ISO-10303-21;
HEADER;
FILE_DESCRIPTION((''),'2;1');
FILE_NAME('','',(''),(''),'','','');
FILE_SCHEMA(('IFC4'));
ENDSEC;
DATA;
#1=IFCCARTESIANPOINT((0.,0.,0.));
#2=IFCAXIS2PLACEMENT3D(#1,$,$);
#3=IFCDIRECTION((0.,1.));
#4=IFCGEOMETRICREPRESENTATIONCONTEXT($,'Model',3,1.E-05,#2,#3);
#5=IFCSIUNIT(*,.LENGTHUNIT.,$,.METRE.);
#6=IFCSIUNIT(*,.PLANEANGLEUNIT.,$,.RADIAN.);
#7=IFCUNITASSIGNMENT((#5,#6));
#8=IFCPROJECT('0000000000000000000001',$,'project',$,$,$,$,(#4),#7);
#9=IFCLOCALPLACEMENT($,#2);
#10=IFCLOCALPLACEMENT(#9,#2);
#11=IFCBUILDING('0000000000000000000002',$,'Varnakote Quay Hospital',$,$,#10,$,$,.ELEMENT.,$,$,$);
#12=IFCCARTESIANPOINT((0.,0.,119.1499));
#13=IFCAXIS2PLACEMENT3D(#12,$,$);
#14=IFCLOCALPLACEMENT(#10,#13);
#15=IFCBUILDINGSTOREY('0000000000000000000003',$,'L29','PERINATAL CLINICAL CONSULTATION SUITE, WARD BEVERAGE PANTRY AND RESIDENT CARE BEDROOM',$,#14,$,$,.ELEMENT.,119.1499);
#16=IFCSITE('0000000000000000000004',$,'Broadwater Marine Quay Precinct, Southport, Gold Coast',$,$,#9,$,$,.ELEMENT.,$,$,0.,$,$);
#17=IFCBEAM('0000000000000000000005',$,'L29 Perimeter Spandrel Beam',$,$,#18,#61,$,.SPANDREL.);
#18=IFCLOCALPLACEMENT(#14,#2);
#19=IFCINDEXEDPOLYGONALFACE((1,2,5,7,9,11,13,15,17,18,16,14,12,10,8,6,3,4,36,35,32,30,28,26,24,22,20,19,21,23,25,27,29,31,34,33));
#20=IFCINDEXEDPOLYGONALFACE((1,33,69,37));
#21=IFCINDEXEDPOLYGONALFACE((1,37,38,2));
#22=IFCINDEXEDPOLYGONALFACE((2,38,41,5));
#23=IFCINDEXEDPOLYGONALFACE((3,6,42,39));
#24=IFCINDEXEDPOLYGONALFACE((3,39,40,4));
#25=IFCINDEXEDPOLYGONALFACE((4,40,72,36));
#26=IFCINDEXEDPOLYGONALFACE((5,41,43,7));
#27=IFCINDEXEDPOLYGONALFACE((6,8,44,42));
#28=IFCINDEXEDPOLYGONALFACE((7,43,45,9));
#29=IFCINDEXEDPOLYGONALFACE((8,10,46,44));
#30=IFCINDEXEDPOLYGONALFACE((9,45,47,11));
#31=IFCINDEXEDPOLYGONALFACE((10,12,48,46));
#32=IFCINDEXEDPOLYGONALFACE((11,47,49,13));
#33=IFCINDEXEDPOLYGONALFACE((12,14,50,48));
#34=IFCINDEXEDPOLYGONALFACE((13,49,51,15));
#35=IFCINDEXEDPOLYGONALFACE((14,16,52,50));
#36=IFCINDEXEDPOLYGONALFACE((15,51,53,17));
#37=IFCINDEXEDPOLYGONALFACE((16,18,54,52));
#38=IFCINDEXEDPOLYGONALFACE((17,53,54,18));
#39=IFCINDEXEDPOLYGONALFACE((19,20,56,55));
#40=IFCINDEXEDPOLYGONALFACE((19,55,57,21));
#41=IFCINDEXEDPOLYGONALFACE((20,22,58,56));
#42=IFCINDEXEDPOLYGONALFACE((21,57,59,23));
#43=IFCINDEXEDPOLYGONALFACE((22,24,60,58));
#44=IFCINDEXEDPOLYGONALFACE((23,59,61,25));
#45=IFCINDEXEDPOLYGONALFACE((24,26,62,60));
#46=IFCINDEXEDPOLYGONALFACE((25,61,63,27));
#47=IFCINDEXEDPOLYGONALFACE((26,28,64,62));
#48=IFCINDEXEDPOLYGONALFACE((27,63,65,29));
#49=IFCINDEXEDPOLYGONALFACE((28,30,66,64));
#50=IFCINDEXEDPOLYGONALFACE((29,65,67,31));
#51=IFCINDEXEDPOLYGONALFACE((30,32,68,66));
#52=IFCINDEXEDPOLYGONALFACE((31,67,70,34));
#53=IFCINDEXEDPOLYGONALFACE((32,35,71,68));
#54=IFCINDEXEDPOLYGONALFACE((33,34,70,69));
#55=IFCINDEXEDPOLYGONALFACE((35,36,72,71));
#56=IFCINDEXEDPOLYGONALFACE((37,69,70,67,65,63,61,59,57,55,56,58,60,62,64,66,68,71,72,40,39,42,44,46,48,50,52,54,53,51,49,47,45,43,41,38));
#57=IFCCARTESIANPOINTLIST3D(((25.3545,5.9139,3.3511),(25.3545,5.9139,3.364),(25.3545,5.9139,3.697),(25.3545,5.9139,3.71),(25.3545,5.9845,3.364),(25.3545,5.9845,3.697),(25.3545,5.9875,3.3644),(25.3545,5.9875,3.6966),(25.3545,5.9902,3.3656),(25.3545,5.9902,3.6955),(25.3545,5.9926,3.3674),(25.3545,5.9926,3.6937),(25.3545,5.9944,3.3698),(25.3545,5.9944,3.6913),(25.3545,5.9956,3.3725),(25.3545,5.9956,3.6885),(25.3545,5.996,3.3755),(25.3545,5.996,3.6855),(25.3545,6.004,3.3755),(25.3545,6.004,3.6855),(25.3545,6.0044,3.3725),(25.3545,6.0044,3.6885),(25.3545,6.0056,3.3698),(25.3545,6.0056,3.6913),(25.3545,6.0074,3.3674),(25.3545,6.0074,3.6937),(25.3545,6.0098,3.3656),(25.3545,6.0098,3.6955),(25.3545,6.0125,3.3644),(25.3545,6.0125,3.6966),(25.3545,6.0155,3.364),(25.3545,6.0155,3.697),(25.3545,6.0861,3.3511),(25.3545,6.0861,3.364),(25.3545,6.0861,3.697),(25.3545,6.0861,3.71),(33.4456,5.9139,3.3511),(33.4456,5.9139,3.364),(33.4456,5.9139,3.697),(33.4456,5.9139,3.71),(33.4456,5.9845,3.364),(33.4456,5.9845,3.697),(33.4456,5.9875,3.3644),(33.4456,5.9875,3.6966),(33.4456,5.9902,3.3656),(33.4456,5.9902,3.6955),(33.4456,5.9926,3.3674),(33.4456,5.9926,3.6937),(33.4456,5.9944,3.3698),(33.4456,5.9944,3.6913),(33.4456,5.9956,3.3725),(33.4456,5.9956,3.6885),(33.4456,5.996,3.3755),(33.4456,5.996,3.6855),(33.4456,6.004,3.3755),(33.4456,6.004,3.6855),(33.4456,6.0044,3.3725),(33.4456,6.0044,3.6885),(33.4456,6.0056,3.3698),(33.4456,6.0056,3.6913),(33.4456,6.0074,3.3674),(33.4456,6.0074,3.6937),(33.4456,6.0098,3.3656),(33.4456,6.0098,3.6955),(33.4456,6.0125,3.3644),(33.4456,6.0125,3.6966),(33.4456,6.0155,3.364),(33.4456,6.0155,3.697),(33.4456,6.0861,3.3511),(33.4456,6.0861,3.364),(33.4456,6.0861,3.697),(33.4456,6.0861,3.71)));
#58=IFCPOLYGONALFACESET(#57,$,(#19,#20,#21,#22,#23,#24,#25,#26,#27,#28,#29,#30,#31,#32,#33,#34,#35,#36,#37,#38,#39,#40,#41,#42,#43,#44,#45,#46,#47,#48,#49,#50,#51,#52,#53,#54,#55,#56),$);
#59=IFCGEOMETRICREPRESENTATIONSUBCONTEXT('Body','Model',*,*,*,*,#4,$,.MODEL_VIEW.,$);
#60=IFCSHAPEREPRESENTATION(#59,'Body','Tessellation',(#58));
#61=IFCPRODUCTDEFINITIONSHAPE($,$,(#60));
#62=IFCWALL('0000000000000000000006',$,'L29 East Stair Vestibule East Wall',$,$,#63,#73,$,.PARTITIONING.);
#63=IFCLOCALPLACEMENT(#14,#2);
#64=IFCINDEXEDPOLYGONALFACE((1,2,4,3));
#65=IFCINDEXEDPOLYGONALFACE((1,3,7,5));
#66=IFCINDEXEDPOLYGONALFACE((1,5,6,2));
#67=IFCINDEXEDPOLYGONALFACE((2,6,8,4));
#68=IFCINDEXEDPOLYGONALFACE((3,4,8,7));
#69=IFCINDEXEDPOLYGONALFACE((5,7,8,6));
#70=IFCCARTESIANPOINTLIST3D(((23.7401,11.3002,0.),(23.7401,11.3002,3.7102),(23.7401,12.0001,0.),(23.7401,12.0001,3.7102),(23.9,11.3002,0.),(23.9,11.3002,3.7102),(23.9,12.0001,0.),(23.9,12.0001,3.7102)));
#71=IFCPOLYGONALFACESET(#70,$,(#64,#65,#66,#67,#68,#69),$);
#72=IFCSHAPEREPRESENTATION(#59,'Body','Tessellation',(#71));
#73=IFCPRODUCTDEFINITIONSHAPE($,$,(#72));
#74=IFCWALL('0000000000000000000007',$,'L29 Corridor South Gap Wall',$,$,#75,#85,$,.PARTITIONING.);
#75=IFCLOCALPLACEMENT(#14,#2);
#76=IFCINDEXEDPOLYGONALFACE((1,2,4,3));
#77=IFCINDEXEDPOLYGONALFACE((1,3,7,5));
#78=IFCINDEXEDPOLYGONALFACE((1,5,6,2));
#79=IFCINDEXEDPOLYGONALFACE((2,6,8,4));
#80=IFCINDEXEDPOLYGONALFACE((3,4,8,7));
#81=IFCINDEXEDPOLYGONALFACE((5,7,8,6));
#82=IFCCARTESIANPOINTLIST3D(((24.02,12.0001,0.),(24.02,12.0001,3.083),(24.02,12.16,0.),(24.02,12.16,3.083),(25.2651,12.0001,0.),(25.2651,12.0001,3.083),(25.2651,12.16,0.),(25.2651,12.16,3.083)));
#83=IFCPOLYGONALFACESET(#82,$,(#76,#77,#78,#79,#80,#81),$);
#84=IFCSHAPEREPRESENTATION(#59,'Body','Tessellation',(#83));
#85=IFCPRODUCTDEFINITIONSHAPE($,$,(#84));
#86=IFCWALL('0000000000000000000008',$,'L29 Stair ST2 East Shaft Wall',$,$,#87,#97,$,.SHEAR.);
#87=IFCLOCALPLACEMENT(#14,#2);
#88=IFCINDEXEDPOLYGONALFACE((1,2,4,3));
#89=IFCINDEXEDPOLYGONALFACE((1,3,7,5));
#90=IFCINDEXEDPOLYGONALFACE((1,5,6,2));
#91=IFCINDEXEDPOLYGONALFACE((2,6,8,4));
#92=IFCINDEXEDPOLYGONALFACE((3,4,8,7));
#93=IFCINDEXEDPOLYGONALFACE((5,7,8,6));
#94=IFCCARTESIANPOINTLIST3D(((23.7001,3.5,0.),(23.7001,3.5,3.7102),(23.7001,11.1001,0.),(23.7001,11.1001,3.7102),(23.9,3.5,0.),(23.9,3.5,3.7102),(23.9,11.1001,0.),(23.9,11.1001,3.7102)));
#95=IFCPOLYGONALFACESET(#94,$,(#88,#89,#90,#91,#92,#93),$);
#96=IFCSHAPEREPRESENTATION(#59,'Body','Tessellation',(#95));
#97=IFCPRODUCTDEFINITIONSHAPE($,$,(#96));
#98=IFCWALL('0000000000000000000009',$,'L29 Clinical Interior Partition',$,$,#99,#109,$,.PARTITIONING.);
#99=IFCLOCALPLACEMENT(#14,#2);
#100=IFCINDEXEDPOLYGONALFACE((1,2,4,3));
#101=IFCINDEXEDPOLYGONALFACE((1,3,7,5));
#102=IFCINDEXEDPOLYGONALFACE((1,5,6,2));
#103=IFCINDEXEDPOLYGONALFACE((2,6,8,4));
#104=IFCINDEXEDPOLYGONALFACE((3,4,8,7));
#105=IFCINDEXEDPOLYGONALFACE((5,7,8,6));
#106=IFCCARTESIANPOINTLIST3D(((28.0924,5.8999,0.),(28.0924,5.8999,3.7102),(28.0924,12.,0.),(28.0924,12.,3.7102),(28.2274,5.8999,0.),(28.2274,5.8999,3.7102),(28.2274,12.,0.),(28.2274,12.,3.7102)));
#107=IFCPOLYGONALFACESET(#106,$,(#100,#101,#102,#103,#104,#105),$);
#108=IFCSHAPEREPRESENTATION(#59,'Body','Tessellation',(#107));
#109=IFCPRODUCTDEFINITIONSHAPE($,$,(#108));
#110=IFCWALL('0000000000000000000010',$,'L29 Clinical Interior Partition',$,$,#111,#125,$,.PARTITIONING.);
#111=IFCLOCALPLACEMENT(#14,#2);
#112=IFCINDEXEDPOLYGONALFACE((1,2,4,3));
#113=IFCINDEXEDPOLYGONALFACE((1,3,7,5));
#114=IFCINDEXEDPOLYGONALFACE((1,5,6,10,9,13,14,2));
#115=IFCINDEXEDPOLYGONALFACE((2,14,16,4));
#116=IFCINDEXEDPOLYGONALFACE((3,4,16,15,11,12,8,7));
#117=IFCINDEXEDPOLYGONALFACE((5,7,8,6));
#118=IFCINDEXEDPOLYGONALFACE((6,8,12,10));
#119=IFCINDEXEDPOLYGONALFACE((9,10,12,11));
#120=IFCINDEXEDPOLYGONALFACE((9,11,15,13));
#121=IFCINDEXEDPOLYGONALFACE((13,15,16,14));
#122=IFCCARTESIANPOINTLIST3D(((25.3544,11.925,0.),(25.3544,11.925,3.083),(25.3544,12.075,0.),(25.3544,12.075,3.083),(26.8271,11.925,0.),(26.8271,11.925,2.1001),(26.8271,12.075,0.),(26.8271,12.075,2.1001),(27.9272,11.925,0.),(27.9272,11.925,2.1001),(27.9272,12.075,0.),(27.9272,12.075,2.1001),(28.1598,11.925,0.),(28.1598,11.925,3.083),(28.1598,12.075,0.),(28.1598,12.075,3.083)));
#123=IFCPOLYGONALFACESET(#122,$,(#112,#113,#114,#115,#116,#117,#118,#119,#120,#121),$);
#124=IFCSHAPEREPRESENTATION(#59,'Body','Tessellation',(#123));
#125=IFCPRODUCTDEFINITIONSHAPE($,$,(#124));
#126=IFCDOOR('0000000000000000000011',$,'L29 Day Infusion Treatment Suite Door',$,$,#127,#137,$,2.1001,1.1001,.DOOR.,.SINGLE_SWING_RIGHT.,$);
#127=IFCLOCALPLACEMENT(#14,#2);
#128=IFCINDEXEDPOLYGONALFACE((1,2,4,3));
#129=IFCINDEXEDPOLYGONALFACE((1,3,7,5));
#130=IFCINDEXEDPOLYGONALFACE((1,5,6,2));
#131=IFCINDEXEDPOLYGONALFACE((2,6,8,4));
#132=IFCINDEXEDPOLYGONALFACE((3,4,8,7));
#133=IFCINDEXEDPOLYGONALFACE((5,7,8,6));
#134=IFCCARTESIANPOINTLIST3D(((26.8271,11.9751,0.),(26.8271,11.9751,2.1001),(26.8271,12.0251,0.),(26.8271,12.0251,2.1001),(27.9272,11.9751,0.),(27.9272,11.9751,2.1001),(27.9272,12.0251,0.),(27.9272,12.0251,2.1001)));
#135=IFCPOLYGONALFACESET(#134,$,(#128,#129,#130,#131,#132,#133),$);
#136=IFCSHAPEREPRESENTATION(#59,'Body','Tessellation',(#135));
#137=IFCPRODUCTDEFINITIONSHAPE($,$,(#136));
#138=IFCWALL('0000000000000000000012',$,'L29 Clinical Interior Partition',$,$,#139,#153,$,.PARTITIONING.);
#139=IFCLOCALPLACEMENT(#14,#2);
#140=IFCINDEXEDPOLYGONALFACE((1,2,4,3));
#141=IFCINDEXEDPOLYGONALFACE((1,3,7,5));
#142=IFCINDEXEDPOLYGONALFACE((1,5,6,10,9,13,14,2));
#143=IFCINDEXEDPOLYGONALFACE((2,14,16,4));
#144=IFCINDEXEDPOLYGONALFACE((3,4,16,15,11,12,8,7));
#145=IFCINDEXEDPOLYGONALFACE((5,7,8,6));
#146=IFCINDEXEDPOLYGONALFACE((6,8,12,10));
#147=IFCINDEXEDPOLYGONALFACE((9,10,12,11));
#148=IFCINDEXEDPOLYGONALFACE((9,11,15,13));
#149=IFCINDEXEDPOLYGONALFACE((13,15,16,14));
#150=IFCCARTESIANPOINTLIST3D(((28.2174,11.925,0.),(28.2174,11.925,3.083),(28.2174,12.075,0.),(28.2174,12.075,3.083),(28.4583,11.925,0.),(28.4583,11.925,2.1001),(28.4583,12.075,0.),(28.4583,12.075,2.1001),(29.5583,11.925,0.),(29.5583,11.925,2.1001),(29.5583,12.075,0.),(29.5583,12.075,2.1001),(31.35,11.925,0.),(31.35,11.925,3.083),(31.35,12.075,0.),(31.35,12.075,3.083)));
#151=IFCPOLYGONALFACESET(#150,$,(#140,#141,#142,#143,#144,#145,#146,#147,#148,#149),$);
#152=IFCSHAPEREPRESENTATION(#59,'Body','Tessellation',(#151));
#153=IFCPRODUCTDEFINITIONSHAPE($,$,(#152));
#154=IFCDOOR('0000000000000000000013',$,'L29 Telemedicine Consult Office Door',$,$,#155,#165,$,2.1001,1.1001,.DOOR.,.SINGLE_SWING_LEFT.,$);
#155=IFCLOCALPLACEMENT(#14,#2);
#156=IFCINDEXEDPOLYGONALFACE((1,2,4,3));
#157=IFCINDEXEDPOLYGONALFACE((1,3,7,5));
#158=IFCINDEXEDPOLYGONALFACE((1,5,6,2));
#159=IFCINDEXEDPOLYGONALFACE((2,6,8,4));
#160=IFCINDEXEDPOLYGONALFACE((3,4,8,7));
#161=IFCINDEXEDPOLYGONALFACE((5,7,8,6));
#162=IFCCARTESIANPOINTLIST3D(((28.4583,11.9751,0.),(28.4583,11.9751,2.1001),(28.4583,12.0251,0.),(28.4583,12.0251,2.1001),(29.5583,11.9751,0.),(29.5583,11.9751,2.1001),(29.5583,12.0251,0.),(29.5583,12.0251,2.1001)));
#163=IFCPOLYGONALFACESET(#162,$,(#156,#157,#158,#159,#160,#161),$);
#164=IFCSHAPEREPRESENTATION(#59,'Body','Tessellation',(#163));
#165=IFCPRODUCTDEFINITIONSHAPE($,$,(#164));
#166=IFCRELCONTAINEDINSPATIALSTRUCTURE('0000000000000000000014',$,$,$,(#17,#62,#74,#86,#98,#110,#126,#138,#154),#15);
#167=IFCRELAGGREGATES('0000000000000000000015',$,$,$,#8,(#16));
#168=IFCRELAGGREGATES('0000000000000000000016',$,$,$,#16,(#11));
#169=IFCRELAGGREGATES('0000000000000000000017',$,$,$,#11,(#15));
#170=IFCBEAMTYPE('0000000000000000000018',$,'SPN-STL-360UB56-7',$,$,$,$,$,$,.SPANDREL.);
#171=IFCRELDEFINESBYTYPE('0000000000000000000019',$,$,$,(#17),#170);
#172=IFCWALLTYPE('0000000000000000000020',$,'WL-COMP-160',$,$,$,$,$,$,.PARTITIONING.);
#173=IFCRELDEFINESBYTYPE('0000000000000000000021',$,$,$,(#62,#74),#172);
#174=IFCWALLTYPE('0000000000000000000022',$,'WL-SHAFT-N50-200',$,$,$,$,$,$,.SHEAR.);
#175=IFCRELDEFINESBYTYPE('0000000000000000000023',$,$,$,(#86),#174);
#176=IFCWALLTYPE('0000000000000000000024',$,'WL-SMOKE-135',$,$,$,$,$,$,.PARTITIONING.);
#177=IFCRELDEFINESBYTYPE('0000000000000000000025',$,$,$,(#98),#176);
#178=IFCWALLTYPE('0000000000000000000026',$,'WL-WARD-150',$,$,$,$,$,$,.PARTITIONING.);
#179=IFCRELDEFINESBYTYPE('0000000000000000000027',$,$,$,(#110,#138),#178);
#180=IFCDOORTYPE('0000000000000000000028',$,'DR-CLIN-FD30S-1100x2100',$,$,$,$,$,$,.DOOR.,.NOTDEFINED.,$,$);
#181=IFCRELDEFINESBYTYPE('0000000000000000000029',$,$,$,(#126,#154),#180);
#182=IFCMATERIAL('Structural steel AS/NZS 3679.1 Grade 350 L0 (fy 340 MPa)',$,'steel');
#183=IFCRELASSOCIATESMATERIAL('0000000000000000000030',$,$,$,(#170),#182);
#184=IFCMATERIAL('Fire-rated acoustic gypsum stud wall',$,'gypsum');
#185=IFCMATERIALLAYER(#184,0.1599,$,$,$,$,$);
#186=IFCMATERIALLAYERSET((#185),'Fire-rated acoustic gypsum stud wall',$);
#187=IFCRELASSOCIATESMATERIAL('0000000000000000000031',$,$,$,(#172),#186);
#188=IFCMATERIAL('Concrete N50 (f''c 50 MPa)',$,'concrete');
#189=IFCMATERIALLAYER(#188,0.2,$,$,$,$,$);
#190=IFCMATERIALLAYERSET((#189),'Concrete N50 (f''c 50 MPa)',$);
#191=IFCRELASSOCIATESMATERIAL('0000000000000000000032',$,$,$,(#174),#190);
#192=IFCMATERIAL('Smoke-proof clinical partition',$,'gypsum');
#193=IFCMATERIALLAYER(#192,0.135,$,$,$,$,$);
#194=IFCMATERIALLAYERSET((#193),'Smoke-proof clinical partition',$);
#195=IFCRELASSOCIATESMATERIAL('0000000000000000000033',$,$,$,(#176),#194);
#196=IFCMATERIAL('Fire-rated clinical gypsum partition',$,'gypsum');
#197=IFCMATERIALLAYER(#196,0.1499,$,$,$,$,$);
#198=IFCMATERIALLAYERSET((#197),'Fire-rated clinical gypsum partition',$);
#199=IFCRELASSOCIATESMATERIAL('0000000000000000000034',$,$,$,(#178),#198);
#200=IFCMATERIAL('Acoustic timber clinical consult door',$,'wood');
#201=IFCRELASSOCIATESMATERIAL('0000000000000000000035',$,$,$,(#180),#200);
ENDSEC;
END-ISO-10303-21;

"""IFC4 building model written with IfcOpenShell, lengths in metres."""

from ifc_helpers import new_model, si_unit, direction, frame, frame_2d, origin, origin_2d, place, context, subcontext, project, spatial, rectangle, i_section, extrude, material, layer, layer_set, material_profile, profile_set, type_object, element, fill, save


model = new_model("IFC4")

# Units and contexts
model_context = context("Model", 3, precision=1e-05, world=origin(), true_north=direction((0.0, 1.0)))
body_context = subcontext(model_context, "Body", "Model", "MODEL_VIEW")
ifc_project = project(units=[si_unit("LENGTHUNIT", "METRE"), si_unit("PLANEANGLEUNIT", "RADIAN")], contexts=[model_context])

# Site, building, storey
site_placement = place(None, origin())
site = spatial("IfcSite", under=ifc_project, at=site_placement, Name="Broadwater Marine Quay Precinct, Southport, Gold Coast", CompositionType="ELEMENT", RefElevation=0.0)
building_placement = place(site_placement, origin())
building = spatial("IfcBuilding", under=site, at=building_placement, Name="Varnakote Quay Hospital", CompositionType="ELEMENT")
storey_placement = place(building_placement, frame((0.0, 0.0, 119.1499)))
storey = spatial("IfcBuildingStorey", under=building, at=storey_placement, Name="L29", Description="PERINATAL CLINICAL CONSULTATION SUITE, WARD BEVERAGE PANTRY AND RESIDENT CARE BEDROOM", CompositionType="ELEMENT", Elevation=119.1499)

# Beam
ifc_material_1 = material(Name="Structural steel AS/NZS 3679.1 Grade 350 L0 (fy 340 MPa)", Category="steel")
ifc_material_profile_1 = material_profile(ifc_material_1, i_section(OverallWidth=0.1721, OverallDepth=0.3589, WebThickness=0.0081, FlangeThickness=0.0129, FilletRadius=0.0115, at=origin_2d()), Name="360UB56.7")
ifc_profile_set_1 = profile_set([ifc_material_profile_1], Name="Structural steel AS/NZS 3679.1 Grade 350 L0 (fy 340 MPa)")
beam_type_1 = type_object("IfcBeamType", Name="SPN-STL-360UB56-7", PredefinedType="SPANDREL", material=ifc_profile_set_1)
beam_1_placement = place(storey_placement, frame((25.3545, 6.0, 3.5305), z_axis=(1.0, 0.0, 0.0), x_axis=(0.0, 1.0, 0.0)))
element("IfcBeam", 1, at=beam_1_placement, inside=storey, type_object=beam_type_1, Name="L29 Perimeter Spandrel Beam", PredefinedType="SPANDREL", context=body_context, shape_type="SweptSolid", body=[
    extrude(i_section(OverallWidth=0.1721, OverallDepth=0.3589, WebThickness=0.0081, FlangeThickness=0.0129, FilletRadius=0.0115, at=origin_2d()), origin(), (0.0, 0.0, 1.0), 8.0911),
])

# Walls
ifc_material_2 = material(Name="Fire-rated acoustic gypsum stud wall", Category="gypsum")
ifc_layer_1 = layer(ifc_material_2, 0.1599)
ifc_layer_set_1 = layer_set([ifc_layer_1], Name="Fire-rated acoustic gypsum stud wall")
wall_type_1 = type_object("IfcWallType", Name="WL-COMP-160", PredefinedType="PARTITIONING", material=ifc_layer_set_1)
wall_1_placement = place(storey_placement, frame((23.8201, 11.3, 0.0), z_axis=(0.0, 0.0, 1.0), x_axis=(0.0, 1.0, 0.0)))
element("IfcWall", 2, at=wall_1_placement, inside=storey, type_object=wall_type_1, Name="L29 East Stair Vestibule East Wall", PredefinedType="PARTITIONING", context=body_context, shape_type="SweptSolid", body=[
    extrude(rectangle(XDim=0.7, YDim=0.1599, at=frame_2d((0.3501, 0.0))), origin(), (0.0, 0.0, 1.0), 3.7102),
])
wall_2_placement = place(storey_placement, frame((24.02, 12.0801, 0.0), z_axis=(0.0, 0.0, 1.0), x_axis=(1.0, 0.0, 0.0)))
element("IfcWall", 3, at=wall_2_placement, inside=storey, type_object=wall_type_1, Name="L29 Corridor South Gap Wall", PredefinedType="PARTITIONING", context=body_context, shape_type="SweptSolid", body=[
    extrude(rectangle(XDim=1.2451, YDim=0.1599, at=frame_2d((0.6226, 0.0))), origin(), (0.0, 0.0, 1.0), 3.083),
])
ifc_material_3 = material(Name="Concrete N50 (f'c 50 MPa)", Category="concrete")
ifc_layer_2 = layer(ifc_material_3, 0.2)
ifc_layer_set_2 = layer_set([ifc_layer_2], Name="Concrete N50 (f'c 50 MPa)")
wall_type_2 = type_object("IfcWallType", Name="WL-SHAFT-N50-200", PredefinedType="SHEAR", material=ifc_layer_set_2)
wall_3_placement = place(storey_placement, frame((23.8, 3.5, 0.0), z_axis=(0.0, 0.0, 1.0), x_axis=(0.0, 1.0, 0.0)))
element("IfcWall", 4, at=wall_3_placement, inside=storey, type_object=wall_type_2, Name="L29 Stair ST2 East Shaft Wall", PredefinedType="SHEAR", context=body_context, shape_type="SweptSolid", body=[
    extrude(rectangle(XDim=7.6001, YDim=0.2, at=frame_2d((3.8, 0.0))), origin(), (0.0, 0.0, 1.0), 3.7102),
])
ifc_material_4 = material(Name="Smoke-proof clinical partition", Category="gypsum")
ifc_layer_3 = layer(ifc_material_4, 0.135)
ifc_layer_set_3 = layer_set([ifc_layer_3], Name="Smoke-proof clinical partition")
wall_type_3 = type_object("IfcWallType", Name="WL-SMOKE-135", PredefinedType="PARTITIONING", material=ifc_layer_set_3)
wall_4_placement = place(storey_placement, frame((28.1599, 5.8999, 0.0), z_axis=(0.0, 0.0, 1.0), x_axis=(0.0, 1.0, 0.0)))
element("IfcWall", 5, at=wall_4_placement, inside=storey, type_object=wall_type_3, Name="L29 Clinical Interior Partition", PredefinedType="PARTITIONING", context=body_context, shape_type="SweptSolid", body=[
    extrude(rectangle(XDim=6.1001, YDim=0.135, at=frame_2d((3.05, 0.0))), origin(), (0.0, 0.0, 1.0), 3.7102),
])

# Walls, openings, doors
ifc_material_5 = material(Name="Fire-rated clinical gypsum partition", Category="gypsum")
ifc_layer_4 = layer(ifc_material_5, 0.1499)
ifc_layer_set_4 = layer_set([ifc_layer_4], Name="Fire-rated clinical gypsum partition")
wall_type_4 = type_object("IfcWallType", Name="WL-WARD-150", PredefinedType="PARTITIONING", material=ifc_layer_set_4)
wall_5_placement = place(storey_placement, frame((28.1599, 12.0, 0.0), z_axis=(0.0, 0.0, 1.0), x_axis=(-1.0, 0.0, 0.0)))
wall_5 = element("IfcWall", 6, at=wall_5_placement, inside=storey, type_object=wall_type_4, Name="L29 Clinical Interior Partition", PredefinedType="PARTITIONING", context=body_context, shape_type="SweptSolid", body=[
    extrude(rectangle(XDim=2.8054, YDim=0.1499, at=frame_2d((1.4028, 0.0))), origin(), (0.0, 0.0, 1.0), 3.083),
])
opening_1_placement = place(wall_5_placement, frame((0.2327, 0.0, 0.0)))
opening_1 = element("IfcOpeningElement", 7, at=opening_1_placement, cuts=wall_5, PredefinedType="OPENING", context=body_context, shape_type="SweptSolid", body=[
    extrude(rectangle(XDim=1.1001, YDim=2.1001, at=frame_2d((0.55, 1.05))), frame((0.0, 0.085, 0.0), z_axis=(0.0, -1.0, 0.0), x_axis=(1.0, 0.0, 0.0)), (0.0, 0.0, 1.0), 0.1699),
])
ifc_material_6 = material(Name="Acoustic timber clinical consult door", Category="wood")
door_type = type_object("IfcDoorType", Name="DR-CLIN-FD30S-1100x2100", OperationType="NOTDEFINED", PredefinedType="DOOR", material=ifc_material_6)
door_1_placement = place(opening_1_placement, origin())
door_1 = element("IfcDoor", 8, at=door_1_placement, inside=storey, type_object=door_type, Name="L29 Day Infusion Treatment Suite Door", OperationType="SINGLE_SWING_RIGHT", OverallHeight=2.1001, OverallWidth=1.1001, PredefinedType="DOOR", context=body_context, shape_type="SweptSolid", body=[
    extrude(rectangle(XDim=1.1001, YDim=2.1001, at=frame_2d((0.55, 1.05))), frame((0.0, 0.0249, 0.0), z_axis=(0.0, -1.0, 0.0), x_axis=(1.0, 0.0, 0.0)), (0.0, 0.0, 1.0), 0.05),
])
fill(opening_1, door_1)
wall_6_placement = place(storey_placement, frame((31.3501, 12.0, 0.0), z_axis=(0.0, 0.0, 1.0), x_axis=(-1.0, 0.0, 0.0)))
wall_6 = element("IfcWall", 9, at=wall_6_placement, inside=storey, type_object=wall_type_4, Name="L29 Clinical Interior Partition", PredefinedType="PARTITIONING", context=body_context, shape_type="SweptSolid", body=[
    extrude(rectangle(XDim=3.1326, YDim=0.1499, at=frame_2d((1.5664, 0.0))), origin(), (0.0, 0.0, 1.0), 3.083),
])
opening_2_placement = place(wall_6_placement, frame((1.7917, 0.0, 0.0)))
opening_2 = element("IfcOpeningElement", 10, at=opening_2_placement, cuts=wall_6, PredefinedType="OPENING", context=body_context, shape_type="SweptSolid", body=[
    extrude(rectangle(XDim=1.1001, YDim=2.1001, at=frame_2d((0.55, 1.05))), frame((0.0, 0.085, 0.0), z_axis=(0.0, -1.0, 0.0), x_axis=(1.0, 0.0, 0.0)), (0.0, 0.0, 1.0), 0.1699),
])
door_2_placement = place(opening_2_placement, origin())
door_2 = element("IfcDoor", 11, at=door_2_placement, inside=storey, type_object=door_type, Name="L29 Telemedicine Consult Office Door", OperationType="SINGLE_SWING_LEFT", OverallHeight=2.1001, OverallWidth=1.1001, PredefinedType="DOOR", context=body_context, shape_type="SweptSolid", body=[
    extrude(rectangle(XDim=1.1001, YDim=2.1001, at=frame_2d((0.55, 1.05))), frame((0.0, 0.0249, 0.0), z_axis=(0.0, -1.0, 0.0), x_axis=(1.0, 0.0, 0.0)), (0.0, 0.0, 1.0), 0.05),
])
fill(opening_2, door_2)

save(model, "model.ifc")
